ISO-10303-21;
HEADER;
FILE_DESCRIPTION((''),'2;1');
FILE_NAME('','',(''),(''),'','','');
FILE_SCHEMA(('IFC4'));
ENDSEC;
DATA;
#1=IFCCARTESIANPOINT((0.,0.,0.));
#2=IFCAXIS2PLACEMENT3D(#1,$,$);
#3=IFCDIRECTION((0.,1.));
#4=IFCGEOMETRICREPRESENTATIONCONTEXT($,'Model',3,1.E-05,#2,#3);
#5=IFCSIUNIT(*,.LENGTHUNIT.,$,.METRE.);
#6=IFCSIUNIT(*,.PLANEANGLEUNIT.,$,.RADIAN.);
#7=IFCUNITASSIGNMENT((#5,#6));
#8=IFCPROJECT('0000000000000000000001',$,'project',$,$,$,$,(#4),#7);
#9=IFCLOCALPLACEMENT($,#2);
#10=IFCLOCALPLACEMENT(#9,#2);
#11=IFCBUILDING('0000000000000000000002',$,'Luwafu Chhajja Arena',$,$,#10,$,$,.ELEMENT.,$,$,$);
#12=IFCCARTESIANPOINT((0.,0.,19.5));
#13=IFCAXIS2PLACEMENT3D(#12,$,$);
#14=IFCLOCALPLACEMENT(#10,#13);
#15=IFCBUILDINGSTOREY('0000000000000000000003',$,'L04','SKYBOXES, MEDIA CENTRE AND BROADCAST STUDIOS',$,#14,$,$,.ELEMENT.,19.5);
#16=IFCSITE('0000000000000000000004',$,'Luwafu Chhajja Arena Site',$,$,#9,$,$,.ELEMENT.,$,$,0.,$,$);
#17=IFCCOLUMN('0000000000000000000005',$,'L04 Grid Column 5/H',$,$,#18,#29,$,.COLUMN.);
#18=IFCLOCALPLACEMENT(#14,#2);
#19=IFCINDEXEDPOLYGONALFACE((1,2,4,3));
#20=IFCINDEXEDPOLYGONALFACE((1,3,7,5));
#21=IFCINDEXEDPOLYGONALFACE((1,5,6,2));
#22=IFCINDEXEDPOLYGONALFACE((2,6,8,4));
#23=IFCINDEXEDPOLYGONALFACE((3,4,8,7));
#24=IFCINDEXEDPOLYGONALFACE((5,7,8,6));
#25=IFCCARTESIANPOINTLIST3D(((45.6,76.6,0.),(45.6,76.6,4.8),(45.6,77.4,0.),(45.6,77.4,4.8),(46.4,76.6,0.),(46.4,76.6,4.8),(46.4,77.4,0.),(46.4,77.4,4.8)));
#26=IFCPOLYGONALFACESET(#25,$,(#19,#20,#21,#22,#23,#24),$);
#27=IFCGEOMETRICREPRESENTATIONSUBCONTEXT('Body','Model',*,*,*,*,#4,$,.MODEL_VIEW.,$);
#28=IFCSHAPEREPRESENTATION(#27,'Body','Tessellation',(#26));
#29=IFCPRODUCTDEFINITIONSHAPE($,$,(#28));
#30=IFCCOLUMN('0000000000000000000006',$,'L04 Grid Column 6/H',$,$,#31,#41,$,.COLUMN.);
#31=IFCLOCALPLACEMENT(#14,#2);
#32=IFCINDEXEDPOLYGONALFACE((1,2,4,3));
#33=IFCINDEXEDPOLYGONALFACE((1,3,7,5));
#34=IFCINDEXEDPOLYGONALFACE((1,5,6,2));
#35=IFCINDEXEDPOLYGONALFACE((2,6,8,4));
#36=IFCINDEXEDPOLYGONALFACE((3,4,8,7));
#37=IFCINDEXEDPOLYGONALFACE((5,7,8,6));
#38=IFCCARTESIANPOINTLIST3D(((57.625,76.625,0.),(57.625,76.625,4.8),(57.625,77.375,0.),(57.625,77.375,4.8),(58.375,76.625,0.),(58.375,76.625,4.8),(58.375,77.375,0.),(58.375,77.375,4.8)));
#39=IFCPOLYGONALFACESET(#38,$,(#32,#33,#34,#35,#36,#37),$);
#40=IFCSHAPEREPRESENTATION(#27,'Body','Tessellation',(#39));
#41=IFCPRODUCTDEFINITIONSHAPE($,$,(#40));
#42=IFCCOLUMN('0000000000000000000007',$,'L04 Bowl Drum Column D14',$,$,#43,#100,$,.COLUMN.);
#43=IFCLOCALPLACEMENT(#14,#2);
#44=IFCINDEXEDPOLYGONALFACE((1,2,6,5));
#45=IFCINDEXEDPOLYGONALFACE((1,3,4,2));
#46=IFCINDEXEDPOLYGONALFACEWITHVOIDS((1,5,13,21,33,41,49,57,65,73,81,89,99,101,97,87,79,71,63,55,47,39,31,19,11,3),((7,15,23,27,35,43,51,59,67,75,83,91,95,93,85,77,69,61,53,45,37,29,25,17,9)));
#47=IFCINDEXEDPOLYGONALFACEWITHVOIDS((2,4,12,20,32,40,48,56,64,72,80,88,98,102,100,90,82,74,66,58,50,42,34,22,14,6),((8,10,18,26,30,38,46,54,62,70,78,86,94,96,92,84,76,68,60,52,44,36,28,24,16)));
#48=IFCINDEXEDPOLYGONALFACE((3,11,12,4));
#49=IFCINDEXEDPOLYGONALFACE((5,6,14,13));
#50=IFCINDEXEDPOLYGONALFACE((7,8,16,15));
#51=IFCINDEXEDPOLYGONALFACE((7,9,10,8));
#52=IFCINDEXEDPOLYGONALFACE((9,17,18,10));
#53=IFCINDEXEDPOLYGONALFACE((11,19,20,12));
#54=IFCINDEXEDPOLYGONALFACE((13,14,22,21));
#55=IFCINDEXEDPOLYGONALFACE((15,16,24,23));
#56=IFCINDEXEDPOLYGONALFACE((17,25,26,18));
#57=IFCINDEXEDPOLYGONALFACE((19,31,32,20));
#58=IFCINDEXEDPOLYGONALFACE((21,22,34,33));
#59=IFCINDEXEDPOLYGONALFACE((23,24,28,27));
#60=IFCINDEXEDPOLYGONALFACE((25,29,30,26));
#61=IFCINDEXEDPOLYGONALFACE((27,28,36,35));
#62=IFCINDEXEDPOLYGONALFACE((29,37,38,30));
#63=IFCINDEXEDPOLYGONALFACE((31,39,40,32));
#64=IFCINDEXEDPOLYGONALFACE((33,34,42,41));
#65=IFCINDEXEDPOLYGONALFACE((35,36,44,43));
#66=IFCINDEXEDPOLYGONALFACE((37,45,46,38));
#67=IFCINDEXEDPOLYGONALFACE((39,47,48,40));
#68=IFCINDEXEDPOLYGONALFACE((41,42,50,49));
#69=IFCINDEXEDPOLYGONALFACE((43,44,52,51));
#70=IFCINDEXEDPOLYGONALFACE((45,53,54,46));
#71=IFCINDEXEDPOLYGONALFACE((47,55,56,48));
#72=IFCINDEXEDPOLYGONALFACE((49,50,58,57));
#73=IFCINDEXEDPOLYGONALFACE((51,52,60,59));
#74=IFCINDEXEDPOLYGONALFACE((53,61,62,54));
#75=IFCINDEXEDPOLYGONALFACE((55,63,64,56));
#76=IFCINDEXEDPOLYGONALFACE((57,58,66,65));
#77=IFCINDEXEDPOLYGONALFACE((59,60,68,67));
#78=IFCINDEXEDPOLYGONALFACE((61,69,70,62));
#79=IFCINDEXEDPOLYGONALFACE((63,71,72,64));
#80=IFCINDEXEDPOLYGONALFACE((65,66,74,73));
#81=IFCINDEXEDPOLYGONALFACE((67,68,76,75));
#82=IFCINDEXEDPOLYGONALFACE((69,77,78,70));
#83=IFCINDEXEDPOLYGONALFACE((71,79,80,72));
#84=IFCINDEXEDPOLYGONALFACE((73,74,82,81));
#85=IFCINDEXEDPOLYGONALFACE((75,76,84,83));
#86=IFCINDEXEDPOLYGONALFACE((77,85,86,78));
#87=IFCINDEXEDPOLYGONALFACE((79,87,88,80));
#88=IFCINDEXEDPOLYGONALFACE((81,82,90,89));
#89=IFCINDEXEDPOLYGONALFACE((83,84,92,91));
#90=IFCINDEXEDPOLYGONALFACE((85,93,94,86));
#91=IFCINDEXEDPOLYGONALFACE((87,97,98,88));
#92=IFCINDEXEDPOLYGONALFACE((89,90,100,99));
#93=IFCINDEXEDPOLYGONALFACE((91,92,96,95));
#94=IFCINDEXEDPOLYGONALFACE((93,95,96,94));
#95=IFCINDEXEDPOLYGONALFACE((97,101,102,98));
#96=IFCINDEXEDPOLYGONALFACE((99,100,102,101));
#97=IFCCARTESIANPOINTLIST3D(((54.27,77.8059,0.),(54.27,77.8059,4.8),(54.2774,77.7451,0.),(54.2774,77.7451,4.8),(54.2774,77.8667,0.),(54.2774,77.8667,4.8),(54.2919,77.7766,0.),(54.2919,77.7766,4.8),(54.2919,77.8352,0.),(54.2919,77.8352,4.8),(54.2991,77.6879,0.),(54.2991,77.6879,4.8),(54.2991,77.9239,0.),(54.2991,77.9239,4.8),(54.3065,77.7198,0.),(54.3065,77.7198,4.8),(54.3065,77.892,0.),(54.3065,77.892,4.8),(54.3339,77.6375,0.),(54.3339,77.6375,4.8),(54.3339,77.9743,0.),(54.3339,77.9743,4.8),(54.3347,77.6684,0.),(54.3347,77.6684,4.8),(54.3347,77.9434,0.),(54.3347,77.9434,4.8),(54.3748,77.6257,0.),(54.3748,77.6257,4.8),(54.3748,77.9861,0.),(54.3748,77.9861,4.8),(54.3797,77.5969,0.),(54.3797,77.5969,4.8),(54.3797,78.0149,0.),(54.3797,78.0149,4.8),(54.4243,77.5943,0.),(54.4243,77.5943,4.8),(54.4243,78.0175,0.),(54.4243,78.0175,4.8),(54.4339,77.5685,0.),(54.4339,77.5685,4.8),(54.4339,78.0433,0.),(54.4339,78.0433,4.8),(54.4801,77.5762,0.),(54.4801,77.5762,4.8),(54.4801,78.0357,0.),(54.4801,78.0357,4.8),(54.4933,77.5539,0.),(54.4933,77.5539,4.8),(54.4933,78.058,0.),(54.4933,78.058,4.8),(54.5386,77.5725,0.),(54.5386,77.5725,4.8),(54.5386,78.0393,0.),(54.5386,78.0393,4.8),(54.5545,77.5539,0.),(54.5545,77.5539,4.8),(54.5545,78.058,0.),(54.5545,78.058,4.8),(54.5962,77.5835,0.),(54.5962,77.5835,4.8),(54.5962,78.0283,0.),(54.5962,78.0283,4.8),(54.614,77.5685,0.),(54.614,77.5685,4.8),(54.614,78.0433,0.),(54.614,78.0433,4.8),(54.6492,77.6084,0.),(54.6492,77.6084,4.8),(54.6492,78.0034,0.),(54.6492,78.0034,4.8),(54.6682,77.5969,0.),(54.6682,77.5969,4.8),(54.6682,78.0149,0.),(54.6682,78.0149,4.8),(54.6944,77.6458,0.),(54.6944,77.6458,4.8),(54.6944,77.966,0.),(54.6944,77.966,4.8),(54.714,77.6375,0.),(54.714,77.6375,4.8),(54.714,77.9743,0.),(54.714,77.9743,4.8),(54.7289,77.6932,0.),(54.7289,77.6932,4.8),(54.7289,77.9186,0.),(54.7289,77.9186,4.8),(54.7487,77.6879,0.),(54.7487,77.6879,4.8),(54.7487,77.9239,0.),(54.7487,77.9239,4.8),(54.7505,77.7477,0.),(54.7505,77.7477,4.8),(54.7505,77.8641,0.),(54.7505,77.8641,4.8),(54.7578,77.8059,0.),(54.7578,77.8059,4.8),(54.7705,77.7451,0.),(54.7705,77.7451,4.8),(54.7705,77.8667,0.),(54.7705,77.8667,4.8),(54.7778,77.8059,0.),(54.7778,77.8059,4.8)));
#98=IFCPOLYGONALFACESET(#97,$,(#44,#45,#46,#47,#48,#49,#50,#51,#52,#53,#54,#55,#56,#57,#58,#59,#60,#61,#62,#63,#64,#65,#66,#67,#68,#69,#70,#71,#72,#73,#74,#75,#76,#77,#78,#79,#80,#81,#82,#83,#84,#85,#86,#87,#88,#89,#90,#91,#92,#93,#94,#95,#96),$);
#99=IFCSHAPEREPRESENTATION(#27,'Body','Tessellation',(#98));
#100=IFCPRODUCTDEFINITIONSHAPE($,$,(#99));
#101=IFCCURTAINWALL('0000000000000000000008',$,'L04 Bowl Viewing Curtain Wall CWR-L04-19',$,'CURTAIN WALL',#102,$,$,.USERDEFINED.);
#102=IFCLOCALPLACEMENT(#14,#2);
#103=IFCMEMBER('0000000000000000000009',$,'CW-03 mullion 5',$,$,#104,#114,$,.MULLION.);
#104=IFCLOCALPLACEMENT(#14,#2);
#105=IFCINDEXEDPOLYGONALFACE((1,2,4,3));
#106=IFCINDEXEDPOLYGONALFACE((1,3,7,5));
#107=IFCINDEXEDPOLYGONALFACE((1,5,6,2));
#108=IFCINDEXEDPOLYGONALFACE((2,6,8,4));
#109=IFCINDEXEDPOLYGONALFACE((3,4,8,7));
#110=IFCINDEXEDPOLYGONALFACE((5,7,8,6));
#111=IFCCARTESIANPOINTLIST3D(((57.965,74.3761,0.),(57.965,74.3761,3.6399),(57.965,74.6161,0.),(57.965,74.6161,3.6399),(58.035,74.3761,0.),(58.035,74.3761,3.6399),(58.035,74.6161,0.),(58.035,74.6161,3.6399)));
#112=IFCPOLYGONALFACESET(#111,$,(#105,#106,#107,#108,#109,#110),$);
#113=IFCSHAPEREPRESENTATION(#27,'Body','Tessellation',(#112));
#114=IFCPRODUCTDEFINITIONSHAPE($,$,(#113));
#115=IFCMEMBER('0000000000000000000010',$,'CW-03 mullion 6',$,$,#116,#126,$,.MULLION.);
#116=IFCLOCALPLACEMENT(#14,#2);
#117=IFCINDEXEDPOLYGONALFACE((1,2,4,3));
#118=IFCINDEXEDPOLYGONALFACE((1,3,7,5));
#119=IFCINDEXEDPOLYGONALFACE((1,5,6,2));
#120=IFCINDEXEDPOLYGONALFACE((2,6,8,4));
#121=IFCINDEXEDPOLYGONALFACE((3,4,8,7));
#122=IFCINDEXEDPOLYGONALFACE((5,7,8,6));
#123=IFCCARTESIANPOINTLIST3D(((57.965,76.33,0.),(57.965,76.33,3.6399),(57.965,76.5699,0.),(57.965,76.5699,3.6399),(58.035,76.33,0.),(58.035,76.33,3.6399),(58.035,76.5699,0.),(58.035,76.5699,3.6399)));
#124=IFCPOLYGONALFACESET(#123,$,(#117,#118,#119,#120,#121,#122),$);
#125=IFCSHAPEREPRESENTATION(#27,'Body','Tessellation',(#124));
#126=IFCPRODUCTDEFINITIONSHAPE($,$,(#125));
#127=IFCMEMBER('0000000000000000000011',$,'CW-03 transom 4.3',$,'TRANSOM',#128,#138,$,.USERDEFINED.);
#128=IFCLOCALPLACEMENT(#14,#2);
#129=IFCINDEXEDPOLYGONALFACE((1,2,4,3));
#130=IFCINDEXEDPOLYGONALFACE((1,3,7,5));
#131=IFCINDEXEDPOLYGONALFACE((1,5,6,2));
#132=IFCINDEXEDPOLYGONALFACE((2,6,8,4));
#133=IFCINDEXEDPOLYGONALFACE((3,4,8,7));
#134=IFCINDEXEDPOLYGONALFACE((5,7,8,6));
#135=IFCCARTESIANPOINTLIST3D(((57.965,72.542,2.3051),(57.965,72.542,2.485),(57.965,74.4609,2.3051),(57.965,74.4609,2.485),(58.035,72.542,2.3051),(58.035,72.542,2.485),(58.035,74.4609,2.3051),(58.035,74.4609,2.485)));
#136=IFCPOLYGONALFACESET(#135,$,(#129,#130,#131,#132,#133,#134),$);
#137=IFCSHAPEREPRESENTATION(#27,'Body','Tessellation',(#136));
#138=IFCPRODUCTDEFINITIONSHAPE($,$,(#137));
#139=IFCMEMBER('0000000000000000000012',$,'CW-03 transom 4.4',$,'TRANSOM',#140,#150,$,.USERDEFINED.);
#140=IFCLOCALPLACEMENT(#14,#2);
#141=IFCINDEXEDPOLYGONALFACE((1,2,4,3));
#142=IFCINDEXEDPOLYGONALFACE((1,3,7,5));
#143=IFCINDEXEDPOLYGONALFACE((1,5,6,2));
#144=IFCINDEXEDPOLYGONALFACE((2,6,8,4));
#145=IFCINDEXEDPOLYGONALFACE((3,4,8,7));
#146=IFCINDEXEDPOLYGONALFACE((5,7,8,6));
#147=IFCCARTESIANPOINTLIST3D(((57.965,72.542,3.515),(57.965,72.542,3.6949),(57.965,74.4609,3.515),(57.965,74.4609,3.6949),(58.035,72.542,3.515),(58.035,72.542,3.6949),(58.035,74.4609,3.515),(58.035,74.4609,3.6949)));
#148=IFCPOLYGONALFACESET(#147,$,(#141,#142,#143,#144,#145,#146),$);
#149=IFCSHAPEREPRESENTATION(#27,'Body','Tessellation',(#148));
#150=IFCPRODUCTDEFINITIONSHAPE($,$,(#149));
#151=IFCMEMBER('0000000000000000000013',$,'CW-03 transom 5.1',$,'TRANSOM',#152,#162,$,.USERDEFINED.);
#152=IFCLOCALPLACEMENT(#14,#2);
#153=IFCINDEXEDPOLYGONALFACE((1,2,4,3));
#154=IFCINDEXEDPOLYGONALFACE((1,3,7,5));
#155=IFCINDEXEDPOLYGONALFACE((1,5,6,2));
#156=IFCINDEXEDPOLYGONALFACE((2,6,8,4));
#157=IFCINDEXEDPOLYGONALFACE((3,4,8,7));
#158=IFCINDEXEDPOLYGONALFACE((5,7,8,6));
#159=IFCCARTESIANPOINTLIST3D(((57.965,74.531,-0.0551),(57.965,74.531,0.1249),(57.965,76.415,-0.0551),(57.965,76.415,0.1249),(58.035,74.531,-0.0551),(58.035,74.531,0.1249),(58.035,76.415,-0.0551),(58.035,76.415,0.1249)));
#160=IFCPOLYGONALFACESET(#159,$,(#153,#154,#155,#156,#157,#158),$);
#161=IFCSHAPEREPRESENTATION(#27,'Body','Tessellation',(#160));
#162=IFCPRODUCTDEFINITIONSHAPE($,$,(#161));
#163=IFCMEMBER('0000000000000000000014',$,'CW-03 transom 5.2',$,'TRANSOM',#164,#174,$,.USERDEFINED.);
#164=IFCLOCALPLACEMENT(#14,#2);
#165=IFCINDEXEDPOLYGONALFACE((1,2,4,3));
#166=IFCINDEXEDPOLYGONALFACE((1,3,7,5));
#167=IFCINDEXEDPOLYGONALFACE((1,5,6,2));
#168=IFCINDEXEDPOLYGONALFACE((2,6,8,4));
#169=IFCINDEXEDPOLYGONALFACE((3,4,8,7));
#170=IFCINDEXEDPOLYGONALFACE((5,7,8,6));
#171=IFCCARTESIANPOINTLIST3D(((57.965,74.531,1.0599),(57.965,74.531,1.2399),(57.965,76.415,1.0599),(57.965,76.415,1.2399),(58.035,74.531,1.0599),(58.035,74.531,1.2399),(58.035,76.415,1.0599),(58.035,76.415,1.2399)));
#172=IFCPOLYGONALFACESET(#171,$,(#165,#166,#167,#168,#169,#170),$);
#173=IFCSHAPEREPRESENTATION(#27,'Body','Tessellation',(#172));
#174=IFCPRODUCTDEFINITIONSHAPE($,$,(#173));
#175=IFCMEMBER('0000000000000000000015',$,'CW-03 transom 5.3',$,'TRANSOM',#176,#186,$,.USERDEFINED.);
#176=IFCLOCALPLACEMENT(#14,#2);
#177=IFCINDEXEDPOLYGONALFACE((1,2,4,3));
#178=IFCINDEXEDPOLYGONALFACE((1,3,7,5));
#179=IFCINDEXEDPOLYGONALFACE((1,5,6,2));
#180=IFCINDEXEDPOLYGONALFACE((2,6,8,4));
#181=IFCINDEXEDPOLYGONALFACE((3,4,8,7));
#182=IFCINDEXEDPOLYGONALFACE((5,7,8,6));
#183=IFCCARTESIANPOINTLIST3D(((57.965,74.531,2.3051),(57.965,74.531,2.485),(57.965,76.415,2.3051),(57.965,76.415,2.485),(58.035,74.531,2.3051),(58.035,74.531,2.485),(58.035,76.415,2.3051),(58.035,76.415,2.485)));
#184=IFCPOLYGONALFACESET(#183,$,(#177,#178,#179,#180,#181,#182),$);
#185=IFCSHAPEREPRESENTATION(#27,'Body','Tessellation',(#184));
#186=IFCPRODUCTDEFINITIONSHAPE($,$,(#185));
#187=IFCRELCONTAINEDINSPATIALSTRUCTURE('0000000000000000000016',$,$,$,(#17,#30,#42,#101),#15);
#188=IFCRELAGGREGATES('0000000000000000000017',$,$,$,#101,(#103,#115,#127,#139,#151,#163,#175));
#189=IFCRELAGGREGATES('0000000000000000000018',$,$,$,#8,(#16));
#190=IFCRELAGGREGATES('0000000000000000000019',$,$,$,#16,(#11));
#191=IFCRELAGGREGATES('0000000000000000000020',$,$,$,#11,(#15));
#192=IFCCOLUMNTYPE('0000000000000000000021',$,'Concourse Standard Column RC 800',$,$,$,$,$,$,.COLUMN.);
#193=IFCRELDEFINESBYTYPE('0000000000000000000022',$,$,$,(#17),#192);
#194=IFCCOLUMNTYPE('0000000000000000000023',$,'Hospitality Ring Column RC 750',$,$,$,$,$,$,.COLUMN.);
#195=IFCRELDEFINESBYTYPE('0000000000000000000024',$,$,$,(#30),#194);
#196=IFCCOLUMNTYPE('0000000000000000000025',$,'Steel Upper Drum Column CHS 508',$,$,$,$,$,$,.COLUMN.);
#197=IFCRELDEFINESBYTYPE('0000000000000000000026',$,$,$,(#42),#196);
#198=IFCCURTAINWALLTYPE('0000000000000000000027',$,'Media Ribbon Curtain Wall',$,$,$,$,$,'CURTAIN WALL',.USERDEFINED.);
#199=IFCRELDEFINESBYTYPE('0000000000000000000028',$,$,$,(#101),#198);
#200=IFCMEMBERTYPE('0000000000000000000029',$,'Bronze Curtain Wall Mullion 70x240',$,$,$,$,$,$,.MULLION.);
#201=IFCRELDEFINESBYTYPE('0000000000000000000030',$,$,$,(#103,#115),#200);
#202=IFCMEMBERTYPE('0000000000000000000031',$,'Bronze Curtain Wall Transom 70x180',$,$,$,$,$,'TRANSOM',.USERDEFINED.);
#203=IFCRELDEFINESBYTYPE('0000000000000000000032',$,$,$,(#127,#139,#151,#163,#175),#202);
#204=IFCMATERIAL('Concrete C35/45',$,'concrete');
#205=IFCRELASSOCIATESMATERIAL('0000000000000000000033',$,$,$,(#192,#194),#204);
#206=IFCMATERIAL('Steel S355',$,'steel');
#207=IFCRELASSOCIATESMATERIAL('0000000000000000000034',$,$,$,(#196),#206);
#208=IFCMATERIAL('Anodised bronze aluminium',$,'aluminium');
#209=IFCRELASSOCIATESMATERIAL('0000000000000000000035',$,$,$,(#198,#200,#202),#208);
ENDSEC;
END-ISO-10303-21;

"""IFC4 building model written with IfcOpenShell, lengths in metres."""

from ifc_helpers import new_model, si_unit, direction, frame, origin, origin_2d, place, context, subcontext, project, spatial, rectangle, hollow_circle, extrude, material, material_profile, profile_set, type_object, element, aggregate, save


model = new_model("IFC4")

# Units and contexts
model_context = context("Model", 3, precision=1e-05, world=origin(), true_north=direction((0.0, 1.0)))
body_context = subcontext(model_context, "Body", "Model", "MODEL_VIEW")
ifc_project = project(units=[si_unit("LENGTHUNIT", "METRE"), si_unit("PLANEANGLEUNIT", "RADIAN")], contexts=[model_context])

# Site, building, storey
site_placement = place(None, origin())
site = spatial("IfcSite", under=ifc_project, at=site_placement, Name="Luwafu Chhajja Arena Site", CompositionType="ELEMENT", RefElevation=0.0)
building_placement = place(site_placement, origin())
building = spatial("IfcBuilding", under=site, at=building_placement, Name="Luwafu Chhajja Arena", CompositionType="ELEMENT")
storey_placement = place(building_placement, frame((0.0, 0.0, 19.5)))
storey = spatial("IfcBuildingStorey", under=building, at=storey_placement, Name="L04", Description="SKYBOXES, MEDIA CENTRE AND BROADCAST STUDIOS", CompositionType="ELEMENT", Elevation=19.5)

# Columns
ifc_material_1 = material(Name="Concrete C35/45", Category="concrete")
ifc_material_profile_1 = material_profile(ifc_material_1, rectangle(XDim=0.8, YDim=0.8, at=origin_2d()), Name="RC 800x800")
ifc_profile_set_1 = profile_set([ifc_material_profile_1], Name="Concrete C35/45")
column_type_1 = type_object("IfcColumnType", Name="Concourse Standard Column RC 800", PredefinedType="COLUMN", material=ifc_profile_set_1)
column_1_placement = place(storey_placement, frame((46.0, 77.0, 0.0), z_axis=(0.0, 0.0, 1.0), x_axis=(1.0, 0.0, 0.0)))
element("IfcColumn", 1, at=column_1_placement, inside=storey, type_object=column_type_1, Name="L04 Grid Column 5/H", PredefinedType="COLUMN", context=body_context, shape_type="SweptSolid", body=[
    extrude(rectangle(XDim=0.8, YDim=0.8, at=origin_2d()), origin(), (0.0, 0.0, 1.0), 4.8),
])
ifc_material_profile_2 = material_profile(ifc_material_1, rectangle(XDim=0.75, YDim=0.75, at=origin_2d()), Name="RC 750x750")
ifc_profile_set_2 = profile_set([ifc_material_profile_2], Name="Concrete C35/45")
column_type_2 = type_object("IfcColumnType", Name="Hospitality Ring Column RC 750", PredefinedType="COLUMN", material=ifc_profile_set_2)
column_2_placement = place(storey_placement, frame((58.0, 77.0, 0.0), z_axis=(0.0, 0.0, 1.0), x_axis=(1.0, 0.0, 0.0)))
element("IfcColumn", 2, at=column_2_placement, inside=storey, type_object=column_type_2, Name="L04 Grid Column 6/H", PredefinedType="COLUMN", context=body_context, shape_type="SweptSolid", body=[
    extrude(rectangle(XDim=0.75, YDim=0.75, at=origin_2d()), origin(), (0.0, 0.0, 1.0), 4.8),
])
ifc_material_2 = material(Name="Steel S355", Category="steel")
ifc_material_profile_3 = material_profile(ifc_material_2, hollow_circle(Radius=0.2539, WallThickness=0.02, at=origin_2d()), Name="CHS 508x20")
ifc_profile_set_3 = profile_set([ifc_material_profile_3], Name="Steel S355")
column_type_3 = type_object("IfcColumnType", Name="Steel Upper Drum Column CHS 508", PredefinedType="COLUMN", material=ifc_profile_set_3)
column_3_placement = place(storey_placement, frame((54.5239, 77.8059, 0.0), z_axis=(0.0, 0.0, 1.0), x_axis=(1.0, 0.0, 0.0)))
element("IfcColumn", 3, at=column_3_placement, inside=storey, type_object=column_type_3, Name="L04 Bowl Drum Column D14", PredefinedType="COLUMN", context=body_context, shape_type="SweptSolid", body=[
    extrude(hollow_circle(Radius=0.2539, WallThickness=0.02, at=origin_2d()), origin(), (0.0, 0.0, 1.0), 4.8),
])

# Curtain wall, members
ifc_material_3 = material(Name="Anodised bronze aluminium", Category="aluminium")
curtain_wall_type = type_object("IfcCurtainWallType", Name="Media Ribbon Curtain Wall", ElementType="CURTAIN WALL", PredefinedType="USERDEFINED", material=ifc_material_3)
curtain_wall_placement = place(storey_placement, origin())
curtain_wall = element("IfcCurtainWall", 4, at=curtain_wall_placement, inside=storey, type_object=curtain_wall_type, Name="L04 Bowl Viewing Curtain Wall CWR-L04-19", ObjectType="CURTAIN WALL", PredefinedType="USERDEFINED")
ifc_material_profile_4 = material_profile(ifc_material_3, rectangle(XDim=0.0701, YDim=0.24, at=origin_2d()), Name="CWM 70x240")
ifc_profile_set_4 = profile_set([ifc_material_profile_4], Name="Anodised bronze aluminium")
member_type_1 = type_object("IfcMemberType", Name="Bronze Curtain Wall Mullion 70x240", PredefinedType="MULLION", material=ifc_profile_set_4)
member_1_placement = place(storey_placement, frame((58.0, 74.4961, 0.0), z_axis=(0.0, 0.0, 1.0), x_axis=(-1.0, 0.0, 0.0)))
member_1 = element("IfcMember", 5, at=member_1_placement, type_object=member_type_1, Name="CW-03 mullion 5", PredefinedType="MULLION", context=body_context, shape_type="SweptSolid", body=[
    extrude(rectangle(XDim=0.0701, YDim=0.24, at=origin_2d()), origin(), (0.0, 0.0, 1.0), 3.6399),
])
member_2_placement = place(storey_placement, frame((58.0, 76.45, 0.0), z_axis=(0.0, 0.0, 1.0), x_axis=(-1.0, 0.0, 0.0)))
member_2 = element("IfcMember", 6, at=member_2_placement, type_object=member_type_1, Name="CW-03 mullion 6", PredefinedType="MULLION", context=body_context, shape_type="SweptSolid", body=[
    extrude(rectangle(XDim=0.0701, YDim=0.24, at=origin_2d()), origin(), (0.0, 0.0, 1.0), 3.6399),
])
ifc_material_profile_5 = material_profile(ifc_material_3, rectangle(XDim=0.0701, YDim=0.1799, at=origin_2d()), Name="CWT 70x180")
ifc_profile_set_5 = profile_set([ifc_material_profile_5], Name="Anodised bronze aluminium")
member_type_2 = type_object("IfcMemberType", Name="Bronze Curtain Wall Transom 70x180", ElementType="TRANSOM", PredefinedType="USERDEFINED", material=ifc_profile_set_5)
member_3_placement = place(storey_placement, frame((58.0, 72.542, 2.395), z_axis=(0.0, 1.0, 0.0), x_axis=(-1.0, 0.0, 0.0)))
member_3 = element("IfcMember", 7, at=member_3_placement, type_object=member_type_2, Name="CW-03 transom 4.3", ObjectType="TRANSOM", PredefinedType="USERDEFINED", context=body_context, shape_type="SweptSolid", body=[
    extrude(rectangle(XDim=0.0701, YDim=0.1799, at=origin_2d()), origin(), (0.0, 0.0, 1.0), 1.9189),
])
member_4_placement = place(storey_placement, frame((58.0, 72.542, 3.605), z_axis=(0.0, 1.0, 0.0), x_axis=(-1.0, 0.0, 0.0)))
member_4 = element("IfcMember", 8, at=member_4_placement, type_object=member_type_2, Name="CW-03 transom 4.4", ObjectType="TRANSOM", PredefinedType="USERDEFINED", context=body_context, shape_type="SweptSolid", body=[
    extrude(rectangle(XDim=0.0701, YDim=0.1799, at=origin_2d()), origin(), (0.0, 0.0, 1.0), 1.9189),
])
member_5_placement = place(storey_placement, frame((58.0, 74.531, 0.0349), z_axis=(0.0, 1.0, 0.0), x_axis=(-1.0, 0.0, 0.0)))
member_5 = element("IfcMember", 9, at=member_5_placement, type_object=member_type_2, Name="CW-03 transom 5.1", ObjectType="TRANSOM", PredefinedType="USERDEFINED", context=body_context, shape_type="SweptSolid", body=[
    extrude(rectangle(XDim=0.0701, YDim=0.1799, at=origin_2d()), origin(), (0.0, 0.0, 1.0), 1.884),
])
member_6_placement = place(storey_placement, frame((58.0, 74.531, 1.1499), z_axis=(0.0, 1.0, 0.0), x_axis=(-1.0, 0.0, 0.0)))
member_6 = element("IfcMember", 10, at=member_6_placement, type_object=member_type_2, Name="CW-03 transom 5.2", ObjectType="TRANSOM", PredefinedType="USERDEFINED", context=body_context, shape_type="SweptSolid", body=[
    extrude(rectangle(XDim=0.0701, YDim=0.1799, at=origin_2d()), origin(), (0.0, 0.0, 1.0), 1.884),
])
member_7_placement = place(storey_placement, frame((58.0, 74.531, 2.395), z_axis=(0.0, 1.0, 0.0), x_axis=(-1.0, 0.0, 0.0)))
member_7 = element("IfcMember", 11, at=member_7_placement, type_object=member_type_2, Name="CW-03 transom 5.3", ObjectType="TRANSOM", PredefinedType="USERDEFINED", context=body_context, shape_type="SweptSolid", body=[
    extrude(rectangle(XDim=0.0701, YDim=0.1799, at=origin_2d()), origin(), (0.0, 0.0, 1.0), 1.884),
])

aggregate(curtain_wall, [member_1, member_2, member_3, member_4, member_5, member_6, member_7])

save(model, "model.ifc")
